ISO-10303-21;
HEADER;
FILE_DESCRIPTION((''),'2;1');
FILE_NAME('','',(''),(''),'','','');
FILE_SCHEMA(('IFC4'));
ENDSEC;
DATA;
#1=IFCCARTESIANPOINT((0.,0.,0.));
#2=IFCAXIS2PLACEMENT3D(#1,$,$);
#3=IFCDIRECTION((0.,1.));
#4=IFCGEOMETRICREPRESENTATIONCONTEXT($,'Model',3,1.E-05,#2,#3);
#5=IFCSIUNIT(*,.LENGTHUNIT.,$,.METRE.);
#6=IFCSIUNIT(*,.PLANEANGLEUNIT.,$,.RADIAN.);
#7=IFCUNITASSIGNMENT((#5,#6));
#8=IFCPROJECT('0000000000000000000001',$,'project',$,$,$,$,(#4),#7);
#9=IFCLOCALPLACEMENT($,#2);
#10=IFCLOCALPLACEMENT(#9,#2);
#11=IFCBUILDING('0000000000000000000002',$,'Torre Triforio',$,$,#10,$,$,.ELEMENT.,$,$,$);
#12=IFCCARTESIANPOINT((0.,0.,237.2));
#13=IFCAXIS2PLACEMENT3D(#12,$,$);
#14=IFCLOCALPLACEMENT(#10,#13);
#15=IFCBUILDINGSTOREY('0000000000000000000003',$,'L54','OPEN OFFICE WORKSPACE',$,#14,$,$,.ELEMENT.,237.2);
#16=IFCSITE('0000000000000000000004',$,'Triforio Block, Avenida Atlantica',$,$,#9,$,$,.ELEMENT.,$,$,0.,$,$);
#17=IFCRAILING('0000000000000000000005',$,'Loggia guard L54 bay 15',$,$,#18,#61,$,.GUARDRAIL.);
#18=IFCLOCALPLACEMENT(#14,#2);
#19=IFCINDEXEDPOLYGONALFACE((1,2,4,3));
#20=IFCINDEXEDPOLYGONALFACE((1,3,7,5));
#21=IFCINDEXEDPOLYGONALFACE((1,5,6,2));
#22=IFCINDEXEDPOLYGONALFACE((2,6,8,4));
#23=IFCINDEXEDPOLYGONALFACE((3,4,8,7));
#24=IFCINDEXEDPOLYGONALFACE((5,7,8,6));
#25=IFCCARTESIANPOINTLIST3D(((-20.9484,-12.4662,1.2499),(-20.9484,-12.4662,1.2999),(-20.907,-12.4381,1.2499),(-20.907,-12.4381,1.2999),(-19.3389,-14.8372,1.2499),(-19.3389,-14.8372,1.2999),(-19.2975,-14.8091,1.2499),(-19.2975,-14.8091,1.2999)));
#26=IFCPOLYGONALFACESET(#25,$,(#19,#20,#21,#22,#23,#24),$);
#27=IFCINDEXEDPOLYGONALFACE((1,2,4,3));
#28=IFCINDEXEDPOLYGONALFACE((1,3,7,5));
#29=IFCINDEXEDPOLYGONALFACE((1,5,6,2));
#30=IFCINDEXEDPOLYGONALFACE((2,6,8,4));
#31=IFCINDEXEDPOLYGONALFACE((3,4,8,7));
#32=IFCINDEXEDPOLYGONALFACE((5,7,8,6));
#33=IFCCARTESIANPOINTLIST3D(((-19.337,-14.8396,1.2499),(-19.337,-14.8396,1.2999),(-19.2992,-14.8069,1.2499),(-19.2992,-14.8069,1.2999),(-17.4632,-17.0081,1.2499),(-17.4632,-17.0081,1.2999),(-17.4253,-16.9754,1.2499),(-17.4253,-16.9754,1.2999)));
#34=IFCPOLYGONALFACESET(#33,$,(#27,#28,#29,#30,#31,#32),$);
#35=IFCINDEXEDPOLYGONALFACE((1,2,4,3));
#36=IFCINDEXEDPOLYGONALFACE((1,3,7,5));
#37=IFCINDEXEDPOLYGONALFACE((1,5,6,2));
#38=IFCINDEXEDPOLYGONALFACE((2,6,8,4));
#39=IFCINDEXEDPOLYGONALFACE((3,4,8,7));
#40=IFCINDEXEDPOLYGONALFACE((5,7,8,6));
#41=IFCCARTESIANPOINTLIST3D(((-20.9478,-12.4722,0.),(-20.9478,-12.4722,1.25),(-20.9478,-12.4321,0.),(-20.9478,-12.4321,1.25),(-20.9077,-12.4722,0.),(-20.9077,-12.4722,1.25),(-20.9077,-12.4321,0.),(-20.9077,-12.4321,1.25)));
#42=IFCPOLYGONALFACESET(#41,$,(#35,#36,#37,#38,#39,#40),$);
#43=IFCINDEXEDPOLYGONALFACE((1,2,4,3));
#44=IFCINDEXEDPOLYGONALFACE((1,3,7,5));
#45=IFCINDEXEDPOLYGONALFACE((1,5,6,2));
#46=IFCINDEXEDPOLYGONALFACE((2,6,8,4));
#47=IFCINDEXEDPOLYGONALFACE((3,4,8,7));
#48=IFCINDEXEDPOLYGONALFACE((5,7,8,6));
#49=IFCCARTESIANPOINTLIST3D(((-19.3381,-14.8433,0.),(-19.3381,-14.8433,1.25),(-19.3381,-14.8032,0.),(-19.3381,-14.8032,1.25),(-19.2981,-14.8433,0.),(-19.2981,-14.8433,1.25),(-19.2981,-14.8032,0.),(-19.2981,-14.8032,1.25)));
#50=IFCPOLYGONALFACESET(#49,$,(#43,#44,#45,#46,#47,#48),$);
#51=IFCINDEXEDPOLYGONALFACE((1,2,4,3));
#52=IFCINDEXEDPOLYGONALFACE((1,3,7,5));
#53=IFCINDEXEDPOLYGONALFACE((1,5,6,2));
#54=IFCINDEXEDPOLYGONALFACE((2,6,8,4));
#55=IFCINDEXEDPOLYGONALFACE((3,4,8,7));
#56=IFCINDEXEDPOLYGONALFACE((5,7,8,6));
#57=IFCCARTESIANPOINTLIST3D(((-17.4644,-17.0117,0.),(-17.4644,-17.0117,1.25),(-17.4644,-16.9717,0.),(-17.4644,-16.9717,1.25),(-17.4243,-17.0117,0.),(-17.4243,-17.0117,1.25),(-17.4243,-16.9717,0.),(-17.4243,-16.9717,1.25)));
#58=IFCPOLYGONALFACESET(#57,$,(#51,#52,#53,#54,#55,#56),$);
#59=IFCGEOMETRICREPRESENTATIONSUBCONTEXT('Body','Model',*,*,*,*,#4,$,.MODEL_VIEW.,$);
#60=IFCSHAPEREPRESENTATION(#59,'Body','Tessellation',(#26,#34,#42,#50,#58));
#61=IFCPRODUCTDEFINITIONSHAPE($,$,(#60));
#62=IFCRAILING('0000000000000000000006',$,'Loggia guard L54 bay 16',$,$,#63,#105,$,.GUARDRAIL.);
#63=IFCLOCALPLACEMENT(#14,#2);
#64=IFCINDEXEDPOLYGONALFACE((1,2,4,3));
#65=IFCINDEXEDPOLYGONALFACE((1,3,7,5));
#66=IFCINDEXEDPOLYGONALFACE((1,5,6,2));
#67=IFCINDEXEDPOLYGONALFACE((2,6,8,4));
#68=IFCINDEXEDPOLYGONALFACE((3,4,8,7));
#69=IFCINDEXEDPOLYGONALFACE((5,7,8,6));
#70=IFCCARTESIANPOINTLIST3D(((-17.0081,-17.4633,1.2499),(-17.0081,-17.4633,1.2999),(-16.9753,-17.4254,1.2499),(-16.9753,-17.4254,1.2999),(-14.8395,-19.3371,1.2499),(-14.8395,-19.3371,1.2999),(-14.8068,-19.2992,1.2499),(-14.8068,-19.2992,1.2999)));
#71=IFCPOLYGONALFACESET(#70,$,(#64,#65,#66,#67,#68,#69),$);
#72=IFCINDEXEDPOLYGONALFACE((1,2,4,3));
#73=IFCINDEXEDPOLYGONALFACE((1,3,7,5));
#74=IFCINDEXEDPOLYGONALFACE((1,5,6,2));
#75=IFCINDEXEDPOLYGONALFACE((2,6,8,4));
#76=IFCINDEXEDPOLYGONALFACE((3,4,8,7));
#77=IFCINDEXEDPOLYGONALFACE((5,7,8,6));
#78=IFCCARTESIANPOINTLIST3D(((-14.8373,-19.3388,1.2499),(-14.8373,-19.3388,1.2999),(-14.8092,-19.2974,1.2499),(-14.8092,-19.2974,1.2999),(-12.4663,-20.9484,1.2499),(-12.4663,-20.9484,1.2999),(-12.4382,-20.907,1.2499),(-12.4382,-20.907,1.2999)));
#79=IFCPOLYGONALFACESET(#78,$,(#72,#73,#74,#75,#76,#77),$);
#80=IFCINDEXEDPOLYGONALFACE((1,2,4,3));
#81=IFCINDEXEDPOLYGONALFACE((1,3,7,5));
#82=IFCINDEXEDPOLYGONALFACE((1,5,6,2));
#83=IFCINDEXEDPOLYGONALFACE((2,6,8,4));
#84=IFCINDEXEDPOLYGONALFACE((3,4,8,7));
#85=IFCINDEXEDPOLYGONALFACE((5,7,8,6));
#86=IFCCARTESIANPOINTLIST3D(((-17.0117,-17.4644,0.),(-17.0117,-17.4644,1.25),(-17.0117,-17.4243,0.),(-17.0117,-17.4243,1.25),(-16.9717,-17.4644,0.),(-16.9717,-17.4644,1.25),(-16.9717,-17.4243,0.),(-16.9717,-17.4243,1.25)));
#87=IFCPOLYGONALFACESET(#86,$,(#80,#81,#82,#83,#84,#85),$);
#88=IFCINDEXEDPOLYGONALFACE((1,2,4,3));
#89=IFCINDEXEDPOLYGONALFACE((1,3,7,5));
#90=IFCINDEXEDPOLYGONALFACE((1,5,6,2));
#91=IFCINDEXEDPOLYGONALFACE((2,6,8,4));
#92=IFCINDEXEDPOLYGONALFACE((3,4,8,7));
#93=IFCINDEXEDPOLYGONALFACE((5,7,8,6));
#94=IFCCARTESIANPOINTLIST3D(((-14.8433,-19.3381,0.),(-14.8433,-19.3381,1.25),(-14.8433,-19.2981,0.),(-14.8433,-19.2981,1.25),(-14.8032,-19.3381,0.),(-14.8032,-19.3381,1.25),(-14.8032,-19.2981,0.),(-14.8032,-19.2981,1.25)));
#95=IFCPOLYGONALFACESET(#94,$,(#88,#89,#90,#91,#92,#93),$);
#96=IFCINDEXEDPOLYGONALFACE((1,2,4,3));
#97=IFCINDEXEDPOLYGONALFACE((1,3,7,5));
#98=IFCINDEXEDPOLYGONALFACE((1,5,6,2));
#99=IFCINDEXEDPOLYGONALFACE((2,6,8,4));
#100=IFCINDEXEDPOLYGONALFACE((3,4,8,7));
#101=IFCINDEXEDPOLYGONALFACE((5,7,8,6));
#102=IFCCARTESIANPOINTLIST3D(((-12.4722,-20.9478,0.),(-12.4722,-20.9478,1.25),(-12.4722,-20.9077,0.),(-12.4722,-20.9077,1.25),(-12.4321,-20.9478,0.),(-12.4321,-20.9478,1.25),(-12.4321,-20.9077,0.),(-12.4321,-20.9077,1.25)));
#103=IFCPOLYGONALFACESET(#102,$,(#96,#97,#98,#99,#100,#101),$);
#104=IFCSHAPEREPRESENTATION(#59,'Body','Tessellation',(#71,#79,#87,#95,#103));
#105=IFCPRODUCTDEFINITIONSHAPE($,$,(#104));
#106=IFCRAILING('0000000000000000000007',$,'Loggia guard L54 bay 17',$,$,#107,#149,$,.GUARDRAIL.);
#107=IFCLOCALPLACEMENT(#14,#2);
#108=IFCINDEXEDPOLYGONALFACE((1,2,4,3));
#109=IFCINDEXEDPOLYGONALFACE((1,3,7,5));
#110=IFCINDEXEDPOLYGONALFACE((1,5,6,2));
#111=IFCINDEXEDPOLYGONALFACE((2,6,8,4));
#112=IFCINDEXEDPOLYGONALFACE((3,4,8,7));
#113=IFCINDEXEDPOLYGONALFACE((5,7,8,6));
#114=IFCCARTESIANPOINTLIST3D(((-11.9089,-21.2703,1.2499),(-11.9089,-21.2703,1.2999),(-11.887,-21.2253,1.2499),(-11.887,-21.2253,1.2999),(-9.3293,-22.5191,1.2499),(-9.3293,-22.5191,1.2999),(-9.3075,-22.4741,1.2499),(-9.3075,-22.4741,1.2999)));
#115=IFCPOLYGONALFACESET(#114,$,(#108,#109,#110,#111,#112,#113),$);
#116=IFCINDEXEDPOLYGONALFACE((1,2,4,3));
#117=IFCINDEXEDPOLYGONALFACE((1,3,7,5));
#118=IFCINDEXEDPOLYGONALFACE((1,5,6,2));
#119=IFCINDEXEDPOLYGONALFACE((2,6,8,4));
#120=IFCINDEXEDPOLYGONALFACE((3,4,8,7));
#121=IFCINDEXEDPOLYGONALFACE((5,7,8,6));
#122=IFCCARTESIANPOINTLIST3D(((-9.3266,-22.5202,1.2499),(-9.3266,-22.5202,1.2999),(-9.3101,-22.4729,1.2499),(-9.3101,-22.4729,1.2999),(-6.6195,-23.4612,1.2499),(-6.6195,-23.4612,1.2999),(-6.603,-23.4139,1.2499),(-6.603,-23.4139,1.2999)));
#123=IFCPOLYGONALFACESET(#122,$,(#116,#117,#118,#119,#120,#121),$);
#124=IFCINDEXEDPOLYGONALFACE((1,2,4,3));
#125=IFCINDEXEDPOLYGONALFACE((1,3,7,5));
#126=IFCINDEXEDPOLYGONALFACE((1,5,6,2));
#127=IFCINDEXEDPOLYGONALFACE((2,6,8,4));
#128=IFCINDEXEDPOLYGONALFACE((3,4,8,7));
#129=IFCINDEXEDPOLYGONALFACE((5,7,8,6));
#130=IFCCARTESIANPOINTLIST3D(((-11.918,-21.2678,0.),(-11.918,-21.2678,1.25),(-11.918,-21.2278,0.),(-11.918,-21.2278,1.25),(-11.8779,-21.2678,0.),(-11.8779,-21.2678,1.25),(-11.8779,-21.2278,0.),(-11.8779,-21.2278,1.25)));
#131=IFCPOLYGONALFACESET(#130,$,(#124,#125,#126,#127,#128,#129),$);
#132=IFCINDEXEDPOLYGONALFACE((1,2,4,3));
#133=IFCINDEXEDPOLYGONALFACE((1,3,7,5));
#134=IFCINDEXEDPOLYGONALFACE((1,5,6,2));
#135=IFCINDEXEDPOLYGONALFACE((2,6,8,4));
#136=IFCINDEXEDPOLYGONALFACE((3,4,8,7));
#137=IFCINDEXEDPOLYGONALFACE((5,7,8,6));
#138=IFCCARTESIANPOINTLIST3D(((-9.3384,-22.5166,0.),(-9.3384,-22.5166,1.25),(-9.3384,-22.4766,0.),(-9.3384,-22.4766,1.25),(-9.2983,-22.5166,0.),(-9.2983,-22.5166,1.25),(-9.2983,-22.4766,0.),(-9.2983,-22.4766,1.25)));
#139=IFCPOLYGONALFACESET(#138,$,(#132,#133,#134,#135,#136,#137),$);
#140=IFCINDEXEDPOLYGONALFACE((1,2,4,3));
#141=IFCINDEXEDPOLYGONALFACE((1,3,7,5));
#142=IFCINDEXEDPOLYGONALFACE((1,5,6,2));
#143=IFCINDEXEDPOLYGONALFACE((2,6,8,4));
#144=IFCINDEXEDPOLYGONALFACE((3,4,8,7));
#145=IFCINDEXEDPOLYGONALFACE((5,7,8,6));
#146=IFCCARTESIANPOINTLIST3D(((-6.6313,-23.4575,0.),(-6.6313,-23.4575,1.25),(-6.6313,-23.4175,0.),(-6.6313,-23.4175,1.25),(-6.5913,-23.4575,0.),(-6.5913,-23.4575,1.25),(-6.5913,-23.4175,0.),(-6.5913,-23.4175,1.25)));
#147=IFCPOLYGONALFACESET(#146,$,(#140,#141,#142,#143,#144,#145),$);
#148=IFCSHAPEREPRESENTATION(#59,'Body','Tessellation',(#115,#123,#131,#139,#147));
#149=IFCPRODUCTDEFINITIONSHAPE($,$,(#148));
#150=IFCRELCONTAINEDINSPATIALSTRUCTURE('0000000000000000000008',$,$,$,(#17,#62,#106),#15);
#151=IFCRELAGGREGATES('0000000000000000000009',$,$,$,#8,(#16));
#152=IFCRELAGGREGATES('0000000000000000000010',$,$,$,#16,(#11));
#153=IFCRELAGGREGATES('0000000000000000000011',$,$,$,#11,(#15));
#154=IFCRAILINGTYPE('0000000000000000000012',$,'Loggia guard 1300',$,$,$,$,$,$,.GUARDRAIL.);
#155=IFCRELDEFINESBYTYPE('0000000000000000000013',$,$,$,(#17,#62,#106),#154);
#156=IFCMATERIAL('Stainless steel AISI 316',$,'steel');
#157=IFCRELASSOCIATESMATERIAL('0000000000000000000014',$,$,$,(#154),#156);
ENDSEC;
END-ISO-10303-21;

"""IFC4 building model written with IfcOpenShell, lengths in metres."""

from ifc_helpers import new_model, si_unit, direction, frame, origin, origin_2d, place, context, subcontext, project, spatial, rectangle, extrude, material, type_object, element, save


model = new_model("IFC4")

# Units and contexts
model_context = context("Model", 3, precision=1e-05, world=origin(), true_north=direction((0.0, 1.0)))
body_context = subcontext(model_context, "Body", "Model", "MODEL_VIEW")
ifc_project = project(units=[si_unit("LENGTHUNIT", "METRE"), si_unit("PLANEANGLEUNIT", "RADIAN")], contexts=[model_context])

# Site, building, storey
site_placement = place(None, origin())
site = spatial("IfcSite", under=ifc_project, at=site_placement, Name="Triforio Block, Avenida Atlantica", CompositionType="ELEMENT", RefElevation=0.0)
building_placement = place(site_placement, origin())
building = spatial("IfcBuilding", under=site, at=building_placement, Name="Torre Triforio", CompositionType="ELEMENT")
storey_placement = place(building_placement, frame((0.0, 0.0, 237.2)))
storey = spatial("IfcBuildingStorey", under=building, at=storey_placement, Name="L54", Description="OPEN OFFICE WORKSPACE", CompositionType="ELEMENT", Elevation=237.2)

# Railings
ifc_material_1 = material(Name="Stainless steel AISI 316", Category="steel")
railing_type = type_object("IfcRailingType", Name="Loggia guard 1300", PredefinedType="GUARDRAIL", material=ifc_material_1)
railing_1_placement = place(storey_placement, frame((-20.9277, -12.4521, 0.0)))
element("IfcRailing", 1, at=railing_1_placement, inside=storey, type_object=railing_type, Name="Loggia guard L54 bay 15", PredefinedType="GUARDRAIL", context=body_context, shape_type="SweptSolid", body=[
    extrude(rectangle(XDim=0.05, YDim=0.05, at=origin_2d()), frame((0.0, 0.0, 1.2749), z_axis=(0.56166, -0.827368, 0.0), x_axis=(0.827368, 0.56166, 0.0)), (0.0, 0.0, 1.0), 2.8657),
    extrude(rectangle(XDim=0.05, YDim=0.05, at=origin_2d()), frame((1.6096, -2.3711, 1.2749), z_axis=(0.653824, -0.756647, 0.0), x_axis=(0.756647, 0.653824, 0.0)), (0.0, 0.0, 1.0), 2.866),
    extrude(rectangle(XDim=0.04, YDim=0.04, at=origin_2d()), origin(), (0.0, 0.0, 1.0), 1.25),
    extrude(rectangle(XDim=0.04, YDim=0.04, at=origin_2d()), frame((1.6096, -2.3711, 0.0)), (0.0, 0.0, 1.0), 1.25),
    extrude(rectangle(XDim=0.04, YDim=0.04, at=origin_2d()), frame((3.4834, -4.5396, 0.0)), (0.0, 0.0, 1.0), 1.25),
])
railing_2_placement = place(storey_placement, frame((-16.9917, -17.4443, 0.0)))
element("IfcRailing", 2, at=railing_2_placement, inside=storey, type_object=railing_type, Name="Loggia guard L54 bay 16", PredefinedType="GUARDRAIL", context=body_context, shape_type="SweptSolid", body=[
    extrude(rectangle(XDim=0.05, YDim=0.05, at=origin_2d()), frame((0.0, 0.0, 1.2749), z_axis=(0.756647, -0.653824, 0.0), x_axis=(0.653824, 0.756647, 0.0)), (0.0, 0.0, 1.0), 2.866),
    extrude(rectangle(XDim=0.05, YDim=0.05, at=origin_2d()), frame((2.1685, -1.8738, 1.2749), z_axis=(0.827368, -0.56166, 0.0), x_axis=(0.56166, 0.827368, 0.0)), (0.0, 0.0, 1.0), 2.8657),
    extrude(rectangle(XDim=0.04, YDim=0.04, at=origin_2d()), origin(), (0.0, 0.0, 1.0), 1.25),
    extrude(rectangle(XDim=0.04, YDim=0.04, at=origin_2d()), frame((2.1685, -1.8738, 0.0)), (0.0, 0.0, 1.0), 1.25),
    extrude(rectangle(XDim=0.04, YDim=0.04, at=origin_2d()), frame((4.5396, -3.4834, 0.0)), (0.0, 0.0, 1.0), 1.25),
])
railing_3_placement = place(storey_placement, frame((-11.8979, -21.2478, 0.0)))
element("IfcRailing", 3, at=railing_3_placement, inside=storey, type_object=railing_type, Name="Loggia guard L54 bay 17", PredefinedType="GUARDRAIL", context=body_context, shape_type="SweptSolid", body=[
    extrude(rectangle(XDim=0.05, YDim=0.05, at=origin_2d()), frame((0.0, 0.0, 1.2749), z_axis=(0.900078, -0.435728, 0.0), x_axis=(0.435728, 0.900078, 0.0)), (0.0, 0.0, 1.0), 2.866),
    extrude(rectangle(XDim=0.05, YDim=0.05, at=origin_2d()), frame((2.5796, -1.2488, 1.2749), z_axis=(0.944568, -0.328316, 0.0), x_axis=(0.328316, 0.944568, 0.0)), (0.0, 0.0, 1.0), 2.866),
    extrude(rectangle(XDim=0.04, YDim=0.04, at=origin_2d()), origin(), (0.0, 0.0, 1.0), 1.25),
    extrude(rectangle(XDim=0.04, YDim=0.04, at=origin_2d()), frame((2.5796, -1.2488, 0.0)), (0.0, 0.0, 1.0), 1.25),
    extrude(rectangle(XDim=0.04, YDim=0.04, at=origin_2d()), frame((5.2866, -2.1897, 0.0)), (0.0, 0.0, 1.0), 1.25),
])

save(model, "model.ifc")
